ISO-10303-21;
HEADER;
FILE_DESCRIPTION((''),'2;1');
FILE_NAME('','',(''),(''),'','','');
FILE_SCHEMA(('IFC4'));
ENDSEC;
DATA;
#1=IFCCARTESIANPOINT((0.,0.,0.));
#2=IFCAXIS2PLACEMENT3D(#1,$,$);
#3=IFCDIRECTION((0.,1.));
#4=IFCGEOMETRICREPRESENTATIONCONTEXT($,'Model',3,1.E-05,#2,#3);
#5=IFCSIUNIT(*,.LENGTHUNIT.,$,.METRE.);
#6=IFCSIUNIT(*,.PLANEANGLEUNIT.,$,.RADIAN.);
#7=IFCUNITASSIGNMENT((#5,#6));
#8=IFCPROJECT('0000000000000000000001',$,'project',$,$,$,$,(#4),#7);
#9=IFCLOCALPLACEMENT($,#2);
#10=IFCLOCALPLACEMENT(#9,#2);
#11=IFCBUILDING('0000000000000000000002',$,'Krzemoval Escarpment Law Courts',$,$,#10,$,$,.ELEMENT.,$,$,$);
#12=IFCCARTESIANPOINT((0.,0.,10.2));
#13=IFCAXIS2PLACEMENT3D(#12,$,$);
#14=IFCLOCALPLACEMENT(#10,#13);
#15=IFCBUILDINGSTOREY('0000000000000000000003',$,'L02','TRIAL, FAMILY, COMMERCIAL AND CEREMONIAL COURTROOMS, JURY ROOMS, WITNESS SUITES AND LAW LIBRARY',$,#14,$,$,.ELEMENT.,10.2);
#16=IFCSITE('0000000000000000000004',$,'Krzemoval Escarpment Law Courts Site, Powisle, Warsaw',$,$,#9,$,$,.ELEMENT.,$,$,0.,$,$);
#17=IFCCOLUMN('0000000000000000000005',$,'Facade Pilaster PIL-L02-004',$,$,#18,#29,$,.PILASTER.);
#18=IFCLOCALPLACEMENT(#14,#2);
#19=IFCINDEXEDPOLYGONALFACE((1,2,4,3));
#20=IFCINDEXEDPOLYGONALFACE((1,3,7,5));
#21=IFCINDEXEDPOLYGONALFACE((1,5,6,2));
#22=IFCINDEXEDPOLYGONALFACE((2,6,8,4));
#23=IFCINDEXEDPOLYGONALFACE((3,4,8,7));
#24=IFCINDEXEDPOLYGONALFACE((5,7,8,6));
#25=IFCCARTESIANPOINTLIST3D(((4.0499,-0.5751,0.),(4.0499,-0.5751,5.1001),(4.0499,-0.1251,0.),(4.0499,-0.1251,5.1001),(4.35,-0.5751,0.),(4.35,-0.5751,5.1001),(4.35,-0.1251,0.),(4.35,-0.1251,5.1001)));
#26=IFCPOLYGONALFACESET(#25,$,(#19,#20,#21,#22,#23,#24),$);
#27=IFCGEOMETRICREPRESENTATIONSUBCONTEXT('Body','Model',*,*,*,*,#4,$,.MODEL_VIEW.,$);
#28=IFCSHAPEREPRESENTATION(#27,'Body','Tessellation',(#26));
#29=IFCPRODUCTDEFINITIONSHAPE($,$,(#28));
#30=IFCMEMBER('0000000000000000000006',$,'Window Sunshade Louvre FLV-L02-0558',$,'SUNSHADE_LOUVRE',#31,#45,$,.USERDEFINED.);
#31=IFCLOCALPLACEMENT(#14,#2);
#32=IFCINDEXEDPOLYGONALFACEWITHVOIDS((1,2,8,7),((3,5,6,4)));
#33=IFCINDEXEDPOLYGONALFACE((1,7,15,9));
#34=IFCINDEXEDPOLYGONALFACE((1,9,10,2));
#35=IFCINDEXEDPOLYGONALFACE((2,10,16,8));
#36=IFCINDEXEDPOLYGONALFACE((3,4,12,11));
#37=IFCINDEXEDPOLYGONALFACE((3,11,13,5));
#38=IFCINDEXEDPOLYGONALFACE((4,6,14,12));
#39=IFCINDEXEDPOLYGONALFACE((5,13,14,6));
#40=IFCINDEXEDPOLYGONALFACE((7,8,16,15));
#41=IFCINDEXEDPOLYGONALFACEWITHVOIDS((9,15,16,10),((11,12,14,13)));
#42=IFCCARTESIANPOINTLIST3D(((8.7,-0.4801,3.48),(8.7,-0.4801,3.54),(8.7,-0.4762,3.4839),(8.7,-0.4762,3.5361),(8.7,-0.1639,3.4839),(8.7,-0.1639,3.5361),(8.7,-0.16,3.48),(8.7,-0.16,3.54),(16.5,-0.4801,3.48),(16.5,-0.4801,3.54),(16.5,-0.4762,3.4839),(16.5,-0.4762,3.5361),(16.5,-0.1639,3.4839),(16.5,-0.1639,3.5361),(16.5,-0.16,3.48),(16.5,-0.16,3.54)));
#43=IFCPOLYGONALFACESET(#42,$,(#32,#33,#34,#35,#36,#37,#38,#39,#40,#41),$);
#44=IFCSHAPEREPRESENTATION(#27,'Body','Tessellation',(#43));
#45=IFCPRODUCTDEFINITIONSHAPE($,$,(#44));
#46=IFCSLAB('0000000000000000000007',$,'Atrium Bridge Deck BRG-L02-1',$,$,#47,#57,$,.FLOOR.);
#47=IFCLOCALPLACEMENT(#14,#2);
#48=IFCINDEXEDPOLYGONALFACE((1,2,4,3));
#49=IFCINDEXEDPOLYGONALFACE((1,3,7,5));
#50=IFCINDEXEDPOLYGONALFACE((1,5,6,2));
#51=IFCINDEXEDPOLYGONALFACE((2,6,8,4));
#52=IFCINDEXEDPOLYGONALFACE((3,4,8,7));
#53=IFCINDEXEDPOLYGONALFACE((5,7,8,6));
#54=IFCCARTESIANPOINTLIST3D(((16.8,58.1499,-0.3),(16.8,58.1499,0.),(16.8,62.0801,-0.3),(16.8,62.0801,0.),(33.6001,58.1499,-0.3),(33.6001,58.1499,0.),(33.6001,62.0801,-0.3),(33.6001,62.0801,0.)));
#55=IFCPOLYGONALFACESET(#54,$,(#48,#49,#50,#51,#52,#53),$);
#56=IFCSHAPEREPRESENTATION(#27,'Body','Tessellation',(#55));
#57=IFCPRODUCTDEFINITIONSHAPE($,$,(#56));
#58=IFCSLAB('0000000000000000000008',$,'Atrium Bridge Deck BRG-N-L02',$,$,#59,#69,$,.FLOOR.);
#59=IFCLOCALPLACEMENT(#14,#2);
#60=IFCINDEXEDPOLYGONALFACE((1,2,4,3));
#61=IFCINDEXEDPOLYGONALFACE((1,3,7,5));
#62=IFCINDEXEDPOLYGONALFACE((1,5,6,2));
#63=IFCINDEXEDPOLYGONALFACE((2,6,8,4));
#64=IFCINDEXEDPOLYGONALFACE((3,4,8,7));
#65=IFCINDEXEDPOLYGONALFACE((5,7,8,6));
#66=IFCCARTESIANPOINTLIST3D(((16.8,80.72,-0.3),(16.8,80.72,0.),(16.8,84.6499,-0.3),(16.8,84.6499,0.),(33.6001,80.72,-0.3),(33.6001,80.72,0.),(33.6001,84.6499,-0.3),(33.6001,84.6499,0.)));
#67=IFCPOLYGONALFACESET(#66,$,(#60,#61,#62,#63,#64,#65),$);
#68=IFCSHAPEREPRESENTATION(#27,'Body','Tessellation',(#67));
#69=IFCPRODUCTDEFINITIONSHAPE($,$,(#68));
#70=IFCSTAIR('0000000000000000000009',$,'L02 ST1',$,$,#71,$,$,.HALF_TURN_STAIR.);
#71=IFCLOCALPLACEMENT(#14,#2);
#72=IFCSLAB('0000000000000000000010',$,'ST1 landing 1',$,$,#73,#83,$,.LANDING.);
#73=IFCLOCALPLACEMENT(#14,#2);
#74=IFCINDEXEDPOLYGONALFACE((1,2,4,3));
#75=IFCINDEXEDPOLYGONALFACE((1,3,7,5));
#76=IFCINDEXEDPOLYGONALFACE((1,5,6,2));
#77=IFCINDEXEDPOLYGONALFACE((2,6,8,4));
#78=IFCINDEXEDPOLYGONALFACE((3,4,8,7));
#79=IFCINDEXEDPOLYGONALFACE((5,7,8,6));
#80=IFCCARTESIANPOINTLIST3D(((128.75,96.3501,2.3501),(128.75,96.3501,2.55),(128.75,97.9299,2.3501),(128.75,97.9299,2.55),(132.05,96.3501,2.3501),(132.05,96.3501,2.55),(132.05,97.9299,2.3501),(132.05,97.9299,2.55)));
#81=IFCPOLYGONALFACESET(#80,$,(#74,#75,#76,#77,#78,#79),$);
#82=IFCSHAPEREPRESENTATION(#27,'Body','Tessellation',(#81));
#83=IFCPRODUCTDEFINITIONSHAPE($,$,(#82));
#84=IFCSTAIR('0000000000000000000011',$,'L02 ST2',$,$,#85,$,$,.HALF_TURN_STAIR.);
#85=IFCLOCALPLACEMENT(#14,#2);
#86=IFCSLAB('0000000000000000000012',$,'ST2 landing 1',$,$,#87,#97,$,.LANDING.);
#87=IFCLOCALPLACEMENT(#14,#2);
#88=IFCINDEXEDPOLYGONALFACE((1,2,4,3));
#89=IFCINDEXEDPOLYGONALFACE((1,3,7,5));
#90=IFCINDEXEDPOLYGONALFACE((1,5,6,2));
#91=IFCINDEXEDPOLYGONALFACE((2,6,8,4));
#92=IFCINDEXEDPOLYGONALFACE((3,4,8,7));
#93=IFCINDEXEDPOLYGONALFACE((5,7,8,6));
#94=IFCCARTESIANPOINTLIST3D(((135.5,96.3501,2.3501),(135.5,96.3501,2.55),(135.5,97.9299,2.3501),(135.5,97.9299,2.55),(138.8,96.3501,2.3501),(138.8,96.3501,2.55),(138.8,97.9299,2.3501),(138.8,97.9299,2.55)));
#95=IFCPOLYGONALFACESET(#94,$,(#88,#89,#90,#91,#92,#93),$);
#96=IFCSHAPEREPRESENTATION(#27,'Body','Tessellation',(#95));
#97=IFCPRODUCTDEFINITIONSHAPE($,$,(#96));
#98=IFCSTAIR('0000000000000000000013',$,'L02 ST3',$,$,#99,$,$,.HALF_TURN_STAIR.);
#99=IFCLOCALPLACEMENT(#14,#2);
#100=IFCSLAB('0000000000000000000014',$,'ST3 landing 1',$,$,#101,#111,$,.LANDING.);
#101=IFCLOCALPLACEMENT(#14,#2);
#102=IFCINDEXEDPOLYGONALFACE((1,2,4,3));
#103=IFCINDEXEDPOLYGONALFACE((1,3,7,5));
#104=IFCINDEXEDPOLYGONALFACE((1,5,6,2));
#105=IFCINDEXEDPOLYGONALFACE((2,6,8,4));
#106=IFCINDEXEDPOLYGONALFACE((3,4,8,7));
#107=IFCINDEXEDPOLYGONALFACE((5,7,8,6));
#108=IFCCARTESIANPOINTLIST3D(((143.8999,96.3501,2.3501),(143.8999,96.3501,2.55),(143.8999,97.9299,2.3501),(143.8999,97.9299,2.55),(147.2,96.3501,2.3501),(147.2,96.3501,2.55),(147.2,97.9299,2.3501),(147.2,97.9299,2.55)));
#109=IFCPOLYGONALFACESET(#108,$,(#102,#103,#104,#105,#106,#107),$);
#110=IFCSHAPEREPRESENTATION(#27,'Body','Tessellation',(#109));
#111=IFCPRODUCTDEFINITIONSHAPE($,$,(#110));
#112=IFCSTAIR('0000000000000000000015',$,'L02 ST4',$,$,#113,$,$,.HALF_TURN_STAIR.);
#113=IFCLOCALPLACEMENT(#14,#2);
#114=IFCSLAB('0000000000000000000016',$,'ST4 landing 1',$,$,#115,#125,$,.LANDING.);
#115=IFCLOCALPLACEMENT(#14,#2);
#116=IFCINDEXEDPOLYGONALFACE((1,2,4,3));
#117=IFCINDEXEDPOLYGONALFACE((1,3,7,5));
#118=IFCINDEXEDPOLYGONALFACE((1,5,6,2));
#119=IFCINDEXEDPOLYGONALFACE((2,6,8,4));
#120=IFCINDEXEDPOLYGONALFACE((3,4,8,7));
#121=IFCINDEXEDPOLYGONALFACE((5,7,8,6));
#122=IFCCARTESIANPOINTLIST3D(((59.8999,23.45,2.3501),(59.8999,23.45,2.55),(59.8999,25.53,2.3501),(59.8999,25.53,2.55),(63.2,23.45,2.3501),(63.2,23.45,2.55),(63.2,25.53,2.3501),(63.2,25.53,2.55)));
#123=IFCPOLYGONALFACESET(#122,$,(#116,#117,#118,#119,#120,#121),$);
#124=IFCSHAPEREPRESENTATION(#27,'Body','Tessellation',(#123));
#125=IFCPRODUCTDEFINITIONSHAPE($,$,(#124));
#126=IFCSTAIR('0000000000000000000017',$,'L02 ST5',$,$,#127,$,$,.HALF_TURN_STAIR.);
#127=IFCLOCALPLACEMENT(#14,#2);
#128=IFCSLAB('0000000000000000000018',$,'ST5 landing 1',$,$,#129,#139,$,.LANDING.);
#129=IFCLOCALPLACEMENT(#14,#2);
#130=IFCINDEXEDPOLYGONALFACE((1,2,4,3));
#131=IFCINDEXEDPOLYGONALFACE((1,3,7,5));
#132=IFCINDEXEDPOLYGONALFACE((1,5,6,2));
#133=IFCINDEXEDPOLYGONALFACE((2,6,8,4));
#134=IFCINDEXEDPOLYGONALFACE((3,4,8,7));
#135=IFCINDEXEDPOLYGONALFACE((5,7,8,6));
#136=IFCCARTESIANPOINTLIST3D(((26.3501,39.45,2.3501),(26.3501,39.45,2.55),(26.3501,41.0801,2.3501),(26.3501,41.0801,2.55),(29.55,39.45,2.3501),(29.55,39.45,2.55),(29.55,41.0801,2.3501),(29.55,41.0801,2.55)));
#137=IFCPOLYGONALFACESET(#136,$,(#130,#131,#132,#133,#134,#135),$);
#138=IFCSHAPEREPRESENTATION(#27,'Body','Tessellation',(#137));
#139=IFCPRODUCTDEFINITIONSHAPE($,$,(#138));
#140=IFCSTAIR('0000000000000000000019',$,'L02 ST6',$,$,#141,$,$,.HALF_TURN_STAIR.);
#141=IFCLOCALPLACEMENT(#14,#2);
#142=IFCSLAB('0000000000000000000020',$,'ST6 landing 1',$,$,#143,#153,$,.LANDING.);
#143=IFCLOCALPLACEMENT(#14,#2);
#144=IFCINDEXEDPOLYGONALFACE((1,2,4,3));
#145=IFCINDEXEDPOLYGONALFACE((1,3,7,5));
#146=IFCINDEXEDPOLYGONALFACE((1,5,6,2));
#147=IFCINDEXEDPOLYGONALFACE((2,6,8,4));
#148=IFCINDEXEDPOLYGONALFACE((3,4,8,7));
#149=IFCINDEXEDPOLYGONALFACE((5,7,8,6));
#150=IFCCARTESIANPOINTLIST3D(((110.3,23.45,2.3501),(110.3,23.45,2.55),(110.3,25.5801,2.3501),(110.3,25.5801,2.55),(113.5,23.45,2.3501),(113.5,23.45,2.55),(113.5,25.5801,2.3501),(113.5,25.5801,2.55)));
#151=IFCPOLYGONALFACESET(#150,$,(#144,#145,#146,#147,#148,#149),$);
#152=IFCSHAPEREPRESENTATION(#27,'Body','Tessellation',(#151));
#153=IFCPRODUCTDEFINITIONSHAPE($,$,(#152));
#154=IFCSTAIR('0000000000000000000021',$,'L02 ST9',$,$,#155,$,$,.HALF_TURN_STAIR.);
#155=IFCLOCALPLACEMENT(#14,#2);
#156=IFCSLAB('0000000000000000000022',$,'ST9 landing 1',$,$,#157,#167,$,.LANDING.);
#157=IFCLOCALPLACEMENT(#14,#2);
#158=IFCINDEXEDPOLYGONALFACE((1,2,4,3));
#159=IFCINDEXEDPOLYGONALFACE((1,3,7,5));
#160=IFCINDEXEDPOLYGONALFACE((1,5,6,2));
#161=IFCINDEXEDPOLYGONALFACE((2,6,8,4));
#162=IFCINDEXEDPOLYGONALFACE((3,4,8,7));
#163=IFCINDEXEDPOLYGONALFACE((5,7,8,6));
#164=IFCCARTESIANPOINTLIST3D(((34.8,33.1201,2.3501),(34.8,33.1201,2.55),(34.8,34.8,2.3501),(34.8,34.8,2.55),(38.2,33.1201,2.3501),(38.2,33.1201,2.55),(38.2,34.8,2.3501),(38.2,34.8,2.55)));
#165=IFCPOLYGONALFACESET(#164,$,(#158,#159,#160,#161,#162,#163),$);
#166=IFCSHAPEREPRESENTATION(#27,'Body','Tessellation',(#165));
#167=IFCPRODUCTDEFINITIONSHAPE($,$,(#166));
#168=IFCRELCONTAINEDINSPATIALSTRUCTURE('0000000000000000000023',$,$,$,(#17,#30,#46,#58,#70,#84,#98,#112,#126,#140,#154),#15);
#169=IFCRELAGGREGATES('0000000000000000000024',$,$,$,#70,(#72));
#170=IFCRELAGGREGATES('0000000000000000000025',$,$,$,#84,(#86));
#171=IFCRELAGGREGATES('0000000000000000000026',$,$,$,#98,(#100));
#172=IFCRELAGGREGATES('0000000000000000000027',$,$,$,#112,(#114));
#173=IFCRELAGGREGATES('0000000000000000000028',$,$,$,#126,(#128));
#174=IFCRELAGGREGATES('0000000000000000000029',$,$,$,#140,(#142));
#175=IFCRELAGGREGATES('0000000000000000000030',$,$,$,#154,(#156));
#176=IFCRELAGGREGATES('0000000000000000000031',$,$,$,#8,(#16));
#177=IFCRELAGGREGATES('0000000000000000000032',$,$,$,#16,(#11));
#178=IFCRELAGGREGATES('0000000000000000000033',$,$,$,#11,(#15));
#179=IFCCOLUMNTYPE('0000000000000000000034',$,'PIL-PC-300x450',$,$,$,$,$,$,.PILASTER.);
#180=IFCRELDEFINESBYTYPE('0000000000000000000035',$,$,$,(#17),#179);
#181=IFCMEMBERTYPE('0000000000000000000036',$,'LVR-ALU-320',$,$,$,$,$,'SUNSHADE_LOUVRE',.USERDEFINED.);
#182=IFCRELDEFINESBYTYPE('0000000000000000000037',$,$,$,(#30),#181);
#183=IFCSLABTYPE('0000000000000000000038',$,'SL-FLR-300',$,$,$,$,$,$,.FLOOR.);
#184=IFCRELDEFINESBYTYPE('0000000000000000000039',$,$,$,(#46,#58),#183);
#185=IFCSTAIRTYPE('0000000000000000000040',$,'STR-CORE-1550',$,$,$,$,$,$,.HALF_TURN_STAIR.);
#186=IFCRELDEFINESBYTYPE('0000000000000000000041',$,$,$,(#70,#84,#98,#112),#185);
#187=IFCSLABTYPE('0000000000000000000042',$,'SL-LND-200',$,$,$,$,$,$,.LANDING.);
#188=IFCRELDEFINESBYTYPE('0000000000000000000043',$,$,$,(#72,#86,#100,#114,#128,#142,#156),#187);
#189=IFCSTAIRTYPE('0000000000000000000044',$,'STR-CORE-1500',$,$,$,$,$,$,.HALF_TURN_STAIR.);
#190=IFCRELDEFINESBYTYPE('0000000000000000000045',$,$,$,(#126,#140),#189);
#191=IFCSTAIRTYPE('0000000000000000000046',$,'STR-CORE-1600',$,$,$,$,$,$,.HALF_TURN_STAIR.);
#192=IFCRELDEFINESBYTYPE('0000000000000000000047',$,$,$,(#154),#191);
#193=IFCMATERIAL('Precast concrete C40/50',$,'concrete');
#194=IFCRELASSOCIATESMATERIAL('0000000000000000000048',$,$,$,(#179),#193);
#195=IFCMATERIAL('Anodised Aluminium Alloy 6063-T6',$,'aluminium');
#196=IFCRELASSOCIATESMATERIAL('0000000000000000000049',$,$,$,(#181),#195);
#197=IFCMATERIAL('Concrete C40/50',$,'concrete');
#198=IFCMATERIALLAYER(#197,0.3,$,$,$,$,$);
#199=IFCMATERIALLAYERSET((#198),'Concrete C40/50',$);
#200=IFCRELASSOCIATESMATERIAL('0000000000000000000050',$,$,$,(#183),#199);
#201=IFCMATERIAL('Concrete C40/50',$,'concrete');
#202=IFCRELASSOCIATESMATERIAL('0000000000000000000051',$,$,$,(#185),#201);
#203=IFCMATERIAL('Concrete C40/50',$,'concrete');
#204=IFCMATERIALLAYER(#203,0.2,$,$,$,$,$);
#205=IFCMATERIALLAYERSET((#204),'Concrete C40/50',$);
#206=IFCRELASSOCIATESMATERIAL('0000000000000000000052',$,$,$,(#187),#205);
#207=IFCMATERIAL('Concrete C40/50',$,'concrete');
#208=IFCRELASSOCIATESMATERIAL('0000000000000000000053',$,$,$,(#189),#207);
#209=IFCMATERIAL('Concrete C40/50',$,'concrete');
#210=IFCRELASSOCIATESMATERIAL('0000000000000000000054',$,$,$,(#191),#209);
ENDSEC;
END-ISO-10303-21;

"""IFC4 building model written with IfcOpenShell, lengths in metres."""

from ifc_helpers import new_model, si_unit, direction, frame, origin, origin_2d, place, context, subcontext, project, spatial, polyline, rectangle, hollow_rectangle, outline, extrude, material, layer, layer_set, material_profile, profile_set, type_object, element, aggregate, save


model = new_model("IFC4")

# Units and contexts
model_context = context("Model", 3, precision=1e-05, world=origin(), true_north=direction((0.0, 1.0)))
body_context = subcontext(model_context, "Body", "Model", "MODEL_VIEW")
ifc_project = project(units=[si_unit("LENGTHUNIT", "METRE"), si_unit("PLANEANGLEUNIT", "RADIAN")], contexts=[model_context])

# Site, building, storey
site_placement = place(None, origin())
site = spatial("IfcSite", under=ifc_project, at=site_placement, Name="Krzemoval Escarpment Law Courts Site, Powisle, Warsaw", CompositionType="ELEMENT", RefElevation=0.0)
building_placement = place(site_placement, origin())
building = spatial("IfcBuilding", under=site, at=building_placement, Name="Krzemoval Escarpment Law Courts", CompositionType="ELEMENT")
storey_placement = place(building_placement, frame((0.0, 0.0, 10.2)))
storey = spatial("IfcBuildingStorey", under=building, at=storey_placement, Name="L02", Description="TRIAL, FAMILY, COMMERCIAL AND CEREMONIAL COURTROOMS, JURY ROOMS, WITNESS SUITES AND LAW LIBRARY", CompositionType="ELEMENT", Elevation=10.2)

# Column
ifc_material_1 = material(Name="Precast concrete C40/50", Category="concrete")
ifc_material_profile_1 = material_profile(ifc_material_1, rectangle(XDim=0.3, YDim=0.45, at=origin_2d()), Name="PIL 300x450")
ifc_profile_set_1 = profile_set([ifc_material_profile_1], Name="Precast concrete C40/50")
column_type = type_object("IfcColumnType", Name="PIL-PC-300x450", PredefinedType="PILASTER", material=ifc_profile_set_1)
column_placement = place(storey_placement, frame((4.2, -0.3501, 0.0), z_axis=(0.0, 0.0, 1.0), x_axis=(1.0, 0.0, 0.0)))
element("IfcColumn", 1, at=column_placement, inside=storey, type_object=column_type, Name="Facade Pilaster PIL-L02-004", PredefinedType="PILASTER", context=body_context, shape_type="SweptSolid", body=[
    extrude(rectangle(XDim=0.3, YDim=0.45, at=origin_2d()), origin(), (0.0, 0.0, 1.0), 5.1001),
])

# Member
ifc_material_2 = material(Name="Anodised Aluminium Alloy 6063-T6", Category="aluminium")
ifc_material_profile_2 = material_profile(ifc_material_2, hollow_rectangle(XDim=0.0601, YDim=0.3201, WallThickness=0.0039, at=origin_2d()), Name="ALU LVR 60x320")
ifc_profile_set_2 = profile_set([ifc_material_profile_2], Name="Anodised Aluminium Alloy 6063-T6")
member_type = type_object("IfcMemberType", Name="LVR-ALU-320", ElementType="SUNSHADE_LOUVRE", PredefinedType="USERDEFINED", material=ifc_profile_set_2)
member_placement = place(storey_placement, frame((16.5, -0.3201, 3.51), z_axis=(-1.0, 0.0, 0.0), x_axis=(0.0, 0.0, 1.0)))
element("IfcMember", 2, at=member_placement, inside=storey, type_object=member_type, Name="Window Sunshade Louvre FLV-L02-0558", ObjectType="SUNSHADE_LOUVRE", PredefinedType="USERDEFINED", context=body_context, shape_type="SweptSolid", body=[
    extrude(hollow_rectangle(XDim=0.0601, YDim=0.3201, WallThickness=0.0039, at=origin_2d()), origin(), (0.0, 0.0, 1.0), 7.8),
])

# Slabs
ifc_material_3 = material(Name="Concrete C40/50", Category="concrete")
ifc_layer_1 = layer(ifc_material_3, 0.3)
ifc_layer_set_1 = layer_set([ifc_layer_1], Name="Concrete C40/50")
slab_type_1 = type_object("IfcSlabType", Name="SL-FLR-300", PredefinedType="FLOOR", material=ifc_layer_set_1)
slab_1_placement = place(storey_placement, frame((0.0, 0.0, -0.3)))
element("IfcSlab", 3, at=slab_1_placement, inside=storey, type_object=slab_type_1, Name="Atrium Bridge Deck BRG-L02-1", PredefinedType="FLOOR", context=body_context, shape_type="SweptSolid", body=[
    extrude(outline(polyline([(33.6001, 58.1499), (33.6001, 62.0801), (16.8, 62.0801), (16.8, 58.1499), (33.6001, 58.1499)])), origin(), (0.0, 0.0, 1.0), 0.3),
])
slab_2_placement = place(storey_placement, frame((0.0, 0.0, -0.3)))
element("IfcSlab", 4, at=slab_2_placement, inside=storey, type_object=slab_type_1, Name="Atrium Bridge Deck BRG-N-L02", PredefinedType="FLOOR", context=body_context, shape_type="SweptSolid", body=[
    extrude(outline(polyline([(33.6001, 80.72), (33.6001, 84.6499), (16.8, 84.6499), (16.8, 80.72), (33.6001, 80.72)])), origin(), (0.0, 0.0, 1.0), 0.3),
])

# Stairs, slabs
ifc_material_4 = material(Name="Concrete C40/50", Category="concrete")
stair_type_1 = type_object("IfcStairType", Name="STR-CORE-1550", PredefinedType="HALF_TURN_STAIR", material=ifc_material_4)
stair_1_placement = place(storey_placement, origin())
stair_1 = element("IfcStair", 5, at=stair_1_placement, inside=storey, type_object=stair_type_1, Name="L02 ST1", PredefinedType="HALF_TURN_STAIR")
ifc_material_5 = material(Name="Concrete C40/50", Category="concrete")
ifc_layer_2 = layer(ifc_material_5, 0.2)
ifc_layer_set_2 = layer_set([ifc_layer_2], Name="Concrete C40/50")
slab_type_2 = type_object("IfcSlabType", Name="SL-LND-200", PredefinedType="LANDING", material=ifc_layer_set_2)
slab_3_placement = place(storey_placement, frame((0.0, 0.0, 2.3501)))
slab_3 = element("IfcSlab", 6, at=slab_3_placement, type_object=slab_type_2, Name="ST1 landing 1", PredefinedType="LANDING", context=body_context, shape_type="SweptSolid", body=[
    extrude(outline(polyline([(128.75, 97.9299), (128.75, 96.3501), (132.05, 96.3501), (132.05, 97.9299), (128.75, 97.9299)])), origin(), (0.0, 0.0, 1.0), 0.2),
])
aggregate(stair_1, [slab_3])
stair_2_placement = place(storey_placement, origin())
stair_2 = element("IfcStair", 7, at=stair_2_placement, inside=storey, type_object=stair_type_1, Name="L02 ST2", PredefinedType="HALF_TURN_STAIR")
slab_4_placement = place(storey_placement, frame((0.0, 0.0, 2.3501)))
slab_4 = element("IfcSlab", 8, at=slab_4_placement, type_object=slab_type_2, Name="ST2 landing 1", PredefinedType="LANDING", context=body_context, shape_type="SweptSolid", body=[
    extrude(outline(polyline([(135.5, 97.9299), (135.5, 96.3501), (138.8, 96.3501), (138.8, 97.9299), (135.5, 97.9299)])), origin(), (0.0, 0.0, 1.0), 0.2),
])
aggregate(stair_2, [slab_4])
stair_3_placement = place(storey_placement, origin())
stair_3 = element("IfcStair", 9, at=stair_3_placement, inside=storey, type_object=stair_type_1, Name="L02 ST3", PredefinedType="HALF_TURN_STAIR")
slab_5_placement = place(storey_placement, frame((0.0, 0.0, 2.3501)))
slab_5 = element("IfcSlab", 10, at=slab_5_placement, type_object=slab_type_2, Name="ST3 landing 1", PredefinedType="LANDING", context=body_context, shape_type="SweptSolid", body=[
    extrude(outline(polyline([(143.8999, 97.9299), (143.8999, 96.3501), (147.2, 96.3501), (147.2, 97.9299), (143.8999, 97.9299)])), origin(), (0.0, 0.0, 1.0), 0.2),
])
aggregate(stair_3, [slab_5])
stair_4_placement = place(storey_placement, origin())
stair_4 = element("IfcStair", 11, at=stair_4_placement, inside=storey, type_object=stair_type_1, Name="L02 ST4", PredefinedType="HALF_TURN_STAIR")
slab_6_placement = place(storey_placement, frame((0.0, 0.0, 2.3501)))
slab_6 = element("IfcSlab", 12, at=slab_6_placement, type_object=slab_type_2, Name="ST4 landing 1", PredefinedType="LANDING", context=body_context, shape_type="SweptSolid", body=[
    extrude(outline(polyline([(59.8999, 25.53), (59.8999, 23.45), (63.2, 23.45), (63.2, 25.53), (59.8999, 25.53)])), origin(), (0.0, 0.0, 1.0), 0.2),
])
aggregate(stair_4, [slab_6])
ifc_material_6 = material(Name="Concrete C40/50", Category="concrete")
stair_type_2 = type_object("IfcStairType", Name="STR-CORE-1500", PredefinedType="HALF_TURN_STAIR", material=ifc_material_6)
stair_5_placement = place(storey_placement, origin())
stair_5 = element("IfcStair", 13, at=stair_5_placement, inside=storey, type_object=stair_type_2, Name="L02 ST5", PredefinedType="HALF_TURN_STAIR")
slab_7_placement = place(storey_placement, frame((0.0, 0.0, 2.3501)))
slab_7 = element("IfcSlab", 14, at=slab_7_placement, type_object=slab_type_2, Name="ST5 landing 1", PredefinedType="LANDING", context=body_context, shape_type="SweptSolid", body=[
    extrude(outline(polyline([(26.3501, 41.0801), (26.3501, 39.45), (29.55, 39.45), (29.55, 41.0801), (26.3501, 41.0801)])), origin(), (0.0, 0.0, 1.0), 0.2),
])
aggregate(stair_5, [slab_7])
stair_6_placement = place(storey_placement, origin())
stair_6 = element("IfcStair", 15, at=stair_6_placement, inside=storey, type_object=stair_type_2, Name="L02 ST6", PredefinedType="HALF_TURN_STAIR")
slab_8_placement = place(storey_placement, frame((0.0, 0.0, 2.3501)))
slab_8 = element("IfcSlab", 16, at=slab_8_placement, type_object=slab_type_2, Name="ST6 landing 1", PredefinedType="LANDING", context=body_context, shape_type="SweptSolid", body=[
    extrude(outline(polyline([(110.3, 25.5801), (110.3, 23.45), (113.5, 23.45), (113.5, 25.5801), (110.3, 25.5801)])), origin(), (0.0, 0.0, 1.0), 0.2),
])
aggregate(stair_6, [slab_8])
ifc_material_7 = material(Name="Concrete C40/50", Category="concrete")
stair_type_3 = type_object("IfcStairType", Name="STR-CORE-1600", PredefinedType="HALF_TURN_STAIR", material=ifc_material_7)
stair_7_placement = place(storey_placement, origin())
stair_7 = element("IfcStair", 17, at=stair_7_placement, inside=storey, type_object=stair_type_3, Name="L02 ST9", PredefinedType="HALF_TURN_STAIR")
slab_9_placement = place(storey_placement, frame((0.0, 0.0, 2.3501)))
slab_9 = element("IfcSlab", 18, at=slab_9_placement, type_object=slab_type_2, Name="ST9 landing 1", PredefinedType="LANDING", context=body_context, shape_type="SweptSolid", body=[
    extrude(outline(polyline([(38.2, 33.1201), (38.2, 34.8), (34.8, 34.8), (34.8, 33.1201), (38.2, 33.1201)])), origin(), (0.0, 0.0, 1.0), 0.2),
])
aggregate(stair_7, [slab_9])

save(model, "model.ifc")
